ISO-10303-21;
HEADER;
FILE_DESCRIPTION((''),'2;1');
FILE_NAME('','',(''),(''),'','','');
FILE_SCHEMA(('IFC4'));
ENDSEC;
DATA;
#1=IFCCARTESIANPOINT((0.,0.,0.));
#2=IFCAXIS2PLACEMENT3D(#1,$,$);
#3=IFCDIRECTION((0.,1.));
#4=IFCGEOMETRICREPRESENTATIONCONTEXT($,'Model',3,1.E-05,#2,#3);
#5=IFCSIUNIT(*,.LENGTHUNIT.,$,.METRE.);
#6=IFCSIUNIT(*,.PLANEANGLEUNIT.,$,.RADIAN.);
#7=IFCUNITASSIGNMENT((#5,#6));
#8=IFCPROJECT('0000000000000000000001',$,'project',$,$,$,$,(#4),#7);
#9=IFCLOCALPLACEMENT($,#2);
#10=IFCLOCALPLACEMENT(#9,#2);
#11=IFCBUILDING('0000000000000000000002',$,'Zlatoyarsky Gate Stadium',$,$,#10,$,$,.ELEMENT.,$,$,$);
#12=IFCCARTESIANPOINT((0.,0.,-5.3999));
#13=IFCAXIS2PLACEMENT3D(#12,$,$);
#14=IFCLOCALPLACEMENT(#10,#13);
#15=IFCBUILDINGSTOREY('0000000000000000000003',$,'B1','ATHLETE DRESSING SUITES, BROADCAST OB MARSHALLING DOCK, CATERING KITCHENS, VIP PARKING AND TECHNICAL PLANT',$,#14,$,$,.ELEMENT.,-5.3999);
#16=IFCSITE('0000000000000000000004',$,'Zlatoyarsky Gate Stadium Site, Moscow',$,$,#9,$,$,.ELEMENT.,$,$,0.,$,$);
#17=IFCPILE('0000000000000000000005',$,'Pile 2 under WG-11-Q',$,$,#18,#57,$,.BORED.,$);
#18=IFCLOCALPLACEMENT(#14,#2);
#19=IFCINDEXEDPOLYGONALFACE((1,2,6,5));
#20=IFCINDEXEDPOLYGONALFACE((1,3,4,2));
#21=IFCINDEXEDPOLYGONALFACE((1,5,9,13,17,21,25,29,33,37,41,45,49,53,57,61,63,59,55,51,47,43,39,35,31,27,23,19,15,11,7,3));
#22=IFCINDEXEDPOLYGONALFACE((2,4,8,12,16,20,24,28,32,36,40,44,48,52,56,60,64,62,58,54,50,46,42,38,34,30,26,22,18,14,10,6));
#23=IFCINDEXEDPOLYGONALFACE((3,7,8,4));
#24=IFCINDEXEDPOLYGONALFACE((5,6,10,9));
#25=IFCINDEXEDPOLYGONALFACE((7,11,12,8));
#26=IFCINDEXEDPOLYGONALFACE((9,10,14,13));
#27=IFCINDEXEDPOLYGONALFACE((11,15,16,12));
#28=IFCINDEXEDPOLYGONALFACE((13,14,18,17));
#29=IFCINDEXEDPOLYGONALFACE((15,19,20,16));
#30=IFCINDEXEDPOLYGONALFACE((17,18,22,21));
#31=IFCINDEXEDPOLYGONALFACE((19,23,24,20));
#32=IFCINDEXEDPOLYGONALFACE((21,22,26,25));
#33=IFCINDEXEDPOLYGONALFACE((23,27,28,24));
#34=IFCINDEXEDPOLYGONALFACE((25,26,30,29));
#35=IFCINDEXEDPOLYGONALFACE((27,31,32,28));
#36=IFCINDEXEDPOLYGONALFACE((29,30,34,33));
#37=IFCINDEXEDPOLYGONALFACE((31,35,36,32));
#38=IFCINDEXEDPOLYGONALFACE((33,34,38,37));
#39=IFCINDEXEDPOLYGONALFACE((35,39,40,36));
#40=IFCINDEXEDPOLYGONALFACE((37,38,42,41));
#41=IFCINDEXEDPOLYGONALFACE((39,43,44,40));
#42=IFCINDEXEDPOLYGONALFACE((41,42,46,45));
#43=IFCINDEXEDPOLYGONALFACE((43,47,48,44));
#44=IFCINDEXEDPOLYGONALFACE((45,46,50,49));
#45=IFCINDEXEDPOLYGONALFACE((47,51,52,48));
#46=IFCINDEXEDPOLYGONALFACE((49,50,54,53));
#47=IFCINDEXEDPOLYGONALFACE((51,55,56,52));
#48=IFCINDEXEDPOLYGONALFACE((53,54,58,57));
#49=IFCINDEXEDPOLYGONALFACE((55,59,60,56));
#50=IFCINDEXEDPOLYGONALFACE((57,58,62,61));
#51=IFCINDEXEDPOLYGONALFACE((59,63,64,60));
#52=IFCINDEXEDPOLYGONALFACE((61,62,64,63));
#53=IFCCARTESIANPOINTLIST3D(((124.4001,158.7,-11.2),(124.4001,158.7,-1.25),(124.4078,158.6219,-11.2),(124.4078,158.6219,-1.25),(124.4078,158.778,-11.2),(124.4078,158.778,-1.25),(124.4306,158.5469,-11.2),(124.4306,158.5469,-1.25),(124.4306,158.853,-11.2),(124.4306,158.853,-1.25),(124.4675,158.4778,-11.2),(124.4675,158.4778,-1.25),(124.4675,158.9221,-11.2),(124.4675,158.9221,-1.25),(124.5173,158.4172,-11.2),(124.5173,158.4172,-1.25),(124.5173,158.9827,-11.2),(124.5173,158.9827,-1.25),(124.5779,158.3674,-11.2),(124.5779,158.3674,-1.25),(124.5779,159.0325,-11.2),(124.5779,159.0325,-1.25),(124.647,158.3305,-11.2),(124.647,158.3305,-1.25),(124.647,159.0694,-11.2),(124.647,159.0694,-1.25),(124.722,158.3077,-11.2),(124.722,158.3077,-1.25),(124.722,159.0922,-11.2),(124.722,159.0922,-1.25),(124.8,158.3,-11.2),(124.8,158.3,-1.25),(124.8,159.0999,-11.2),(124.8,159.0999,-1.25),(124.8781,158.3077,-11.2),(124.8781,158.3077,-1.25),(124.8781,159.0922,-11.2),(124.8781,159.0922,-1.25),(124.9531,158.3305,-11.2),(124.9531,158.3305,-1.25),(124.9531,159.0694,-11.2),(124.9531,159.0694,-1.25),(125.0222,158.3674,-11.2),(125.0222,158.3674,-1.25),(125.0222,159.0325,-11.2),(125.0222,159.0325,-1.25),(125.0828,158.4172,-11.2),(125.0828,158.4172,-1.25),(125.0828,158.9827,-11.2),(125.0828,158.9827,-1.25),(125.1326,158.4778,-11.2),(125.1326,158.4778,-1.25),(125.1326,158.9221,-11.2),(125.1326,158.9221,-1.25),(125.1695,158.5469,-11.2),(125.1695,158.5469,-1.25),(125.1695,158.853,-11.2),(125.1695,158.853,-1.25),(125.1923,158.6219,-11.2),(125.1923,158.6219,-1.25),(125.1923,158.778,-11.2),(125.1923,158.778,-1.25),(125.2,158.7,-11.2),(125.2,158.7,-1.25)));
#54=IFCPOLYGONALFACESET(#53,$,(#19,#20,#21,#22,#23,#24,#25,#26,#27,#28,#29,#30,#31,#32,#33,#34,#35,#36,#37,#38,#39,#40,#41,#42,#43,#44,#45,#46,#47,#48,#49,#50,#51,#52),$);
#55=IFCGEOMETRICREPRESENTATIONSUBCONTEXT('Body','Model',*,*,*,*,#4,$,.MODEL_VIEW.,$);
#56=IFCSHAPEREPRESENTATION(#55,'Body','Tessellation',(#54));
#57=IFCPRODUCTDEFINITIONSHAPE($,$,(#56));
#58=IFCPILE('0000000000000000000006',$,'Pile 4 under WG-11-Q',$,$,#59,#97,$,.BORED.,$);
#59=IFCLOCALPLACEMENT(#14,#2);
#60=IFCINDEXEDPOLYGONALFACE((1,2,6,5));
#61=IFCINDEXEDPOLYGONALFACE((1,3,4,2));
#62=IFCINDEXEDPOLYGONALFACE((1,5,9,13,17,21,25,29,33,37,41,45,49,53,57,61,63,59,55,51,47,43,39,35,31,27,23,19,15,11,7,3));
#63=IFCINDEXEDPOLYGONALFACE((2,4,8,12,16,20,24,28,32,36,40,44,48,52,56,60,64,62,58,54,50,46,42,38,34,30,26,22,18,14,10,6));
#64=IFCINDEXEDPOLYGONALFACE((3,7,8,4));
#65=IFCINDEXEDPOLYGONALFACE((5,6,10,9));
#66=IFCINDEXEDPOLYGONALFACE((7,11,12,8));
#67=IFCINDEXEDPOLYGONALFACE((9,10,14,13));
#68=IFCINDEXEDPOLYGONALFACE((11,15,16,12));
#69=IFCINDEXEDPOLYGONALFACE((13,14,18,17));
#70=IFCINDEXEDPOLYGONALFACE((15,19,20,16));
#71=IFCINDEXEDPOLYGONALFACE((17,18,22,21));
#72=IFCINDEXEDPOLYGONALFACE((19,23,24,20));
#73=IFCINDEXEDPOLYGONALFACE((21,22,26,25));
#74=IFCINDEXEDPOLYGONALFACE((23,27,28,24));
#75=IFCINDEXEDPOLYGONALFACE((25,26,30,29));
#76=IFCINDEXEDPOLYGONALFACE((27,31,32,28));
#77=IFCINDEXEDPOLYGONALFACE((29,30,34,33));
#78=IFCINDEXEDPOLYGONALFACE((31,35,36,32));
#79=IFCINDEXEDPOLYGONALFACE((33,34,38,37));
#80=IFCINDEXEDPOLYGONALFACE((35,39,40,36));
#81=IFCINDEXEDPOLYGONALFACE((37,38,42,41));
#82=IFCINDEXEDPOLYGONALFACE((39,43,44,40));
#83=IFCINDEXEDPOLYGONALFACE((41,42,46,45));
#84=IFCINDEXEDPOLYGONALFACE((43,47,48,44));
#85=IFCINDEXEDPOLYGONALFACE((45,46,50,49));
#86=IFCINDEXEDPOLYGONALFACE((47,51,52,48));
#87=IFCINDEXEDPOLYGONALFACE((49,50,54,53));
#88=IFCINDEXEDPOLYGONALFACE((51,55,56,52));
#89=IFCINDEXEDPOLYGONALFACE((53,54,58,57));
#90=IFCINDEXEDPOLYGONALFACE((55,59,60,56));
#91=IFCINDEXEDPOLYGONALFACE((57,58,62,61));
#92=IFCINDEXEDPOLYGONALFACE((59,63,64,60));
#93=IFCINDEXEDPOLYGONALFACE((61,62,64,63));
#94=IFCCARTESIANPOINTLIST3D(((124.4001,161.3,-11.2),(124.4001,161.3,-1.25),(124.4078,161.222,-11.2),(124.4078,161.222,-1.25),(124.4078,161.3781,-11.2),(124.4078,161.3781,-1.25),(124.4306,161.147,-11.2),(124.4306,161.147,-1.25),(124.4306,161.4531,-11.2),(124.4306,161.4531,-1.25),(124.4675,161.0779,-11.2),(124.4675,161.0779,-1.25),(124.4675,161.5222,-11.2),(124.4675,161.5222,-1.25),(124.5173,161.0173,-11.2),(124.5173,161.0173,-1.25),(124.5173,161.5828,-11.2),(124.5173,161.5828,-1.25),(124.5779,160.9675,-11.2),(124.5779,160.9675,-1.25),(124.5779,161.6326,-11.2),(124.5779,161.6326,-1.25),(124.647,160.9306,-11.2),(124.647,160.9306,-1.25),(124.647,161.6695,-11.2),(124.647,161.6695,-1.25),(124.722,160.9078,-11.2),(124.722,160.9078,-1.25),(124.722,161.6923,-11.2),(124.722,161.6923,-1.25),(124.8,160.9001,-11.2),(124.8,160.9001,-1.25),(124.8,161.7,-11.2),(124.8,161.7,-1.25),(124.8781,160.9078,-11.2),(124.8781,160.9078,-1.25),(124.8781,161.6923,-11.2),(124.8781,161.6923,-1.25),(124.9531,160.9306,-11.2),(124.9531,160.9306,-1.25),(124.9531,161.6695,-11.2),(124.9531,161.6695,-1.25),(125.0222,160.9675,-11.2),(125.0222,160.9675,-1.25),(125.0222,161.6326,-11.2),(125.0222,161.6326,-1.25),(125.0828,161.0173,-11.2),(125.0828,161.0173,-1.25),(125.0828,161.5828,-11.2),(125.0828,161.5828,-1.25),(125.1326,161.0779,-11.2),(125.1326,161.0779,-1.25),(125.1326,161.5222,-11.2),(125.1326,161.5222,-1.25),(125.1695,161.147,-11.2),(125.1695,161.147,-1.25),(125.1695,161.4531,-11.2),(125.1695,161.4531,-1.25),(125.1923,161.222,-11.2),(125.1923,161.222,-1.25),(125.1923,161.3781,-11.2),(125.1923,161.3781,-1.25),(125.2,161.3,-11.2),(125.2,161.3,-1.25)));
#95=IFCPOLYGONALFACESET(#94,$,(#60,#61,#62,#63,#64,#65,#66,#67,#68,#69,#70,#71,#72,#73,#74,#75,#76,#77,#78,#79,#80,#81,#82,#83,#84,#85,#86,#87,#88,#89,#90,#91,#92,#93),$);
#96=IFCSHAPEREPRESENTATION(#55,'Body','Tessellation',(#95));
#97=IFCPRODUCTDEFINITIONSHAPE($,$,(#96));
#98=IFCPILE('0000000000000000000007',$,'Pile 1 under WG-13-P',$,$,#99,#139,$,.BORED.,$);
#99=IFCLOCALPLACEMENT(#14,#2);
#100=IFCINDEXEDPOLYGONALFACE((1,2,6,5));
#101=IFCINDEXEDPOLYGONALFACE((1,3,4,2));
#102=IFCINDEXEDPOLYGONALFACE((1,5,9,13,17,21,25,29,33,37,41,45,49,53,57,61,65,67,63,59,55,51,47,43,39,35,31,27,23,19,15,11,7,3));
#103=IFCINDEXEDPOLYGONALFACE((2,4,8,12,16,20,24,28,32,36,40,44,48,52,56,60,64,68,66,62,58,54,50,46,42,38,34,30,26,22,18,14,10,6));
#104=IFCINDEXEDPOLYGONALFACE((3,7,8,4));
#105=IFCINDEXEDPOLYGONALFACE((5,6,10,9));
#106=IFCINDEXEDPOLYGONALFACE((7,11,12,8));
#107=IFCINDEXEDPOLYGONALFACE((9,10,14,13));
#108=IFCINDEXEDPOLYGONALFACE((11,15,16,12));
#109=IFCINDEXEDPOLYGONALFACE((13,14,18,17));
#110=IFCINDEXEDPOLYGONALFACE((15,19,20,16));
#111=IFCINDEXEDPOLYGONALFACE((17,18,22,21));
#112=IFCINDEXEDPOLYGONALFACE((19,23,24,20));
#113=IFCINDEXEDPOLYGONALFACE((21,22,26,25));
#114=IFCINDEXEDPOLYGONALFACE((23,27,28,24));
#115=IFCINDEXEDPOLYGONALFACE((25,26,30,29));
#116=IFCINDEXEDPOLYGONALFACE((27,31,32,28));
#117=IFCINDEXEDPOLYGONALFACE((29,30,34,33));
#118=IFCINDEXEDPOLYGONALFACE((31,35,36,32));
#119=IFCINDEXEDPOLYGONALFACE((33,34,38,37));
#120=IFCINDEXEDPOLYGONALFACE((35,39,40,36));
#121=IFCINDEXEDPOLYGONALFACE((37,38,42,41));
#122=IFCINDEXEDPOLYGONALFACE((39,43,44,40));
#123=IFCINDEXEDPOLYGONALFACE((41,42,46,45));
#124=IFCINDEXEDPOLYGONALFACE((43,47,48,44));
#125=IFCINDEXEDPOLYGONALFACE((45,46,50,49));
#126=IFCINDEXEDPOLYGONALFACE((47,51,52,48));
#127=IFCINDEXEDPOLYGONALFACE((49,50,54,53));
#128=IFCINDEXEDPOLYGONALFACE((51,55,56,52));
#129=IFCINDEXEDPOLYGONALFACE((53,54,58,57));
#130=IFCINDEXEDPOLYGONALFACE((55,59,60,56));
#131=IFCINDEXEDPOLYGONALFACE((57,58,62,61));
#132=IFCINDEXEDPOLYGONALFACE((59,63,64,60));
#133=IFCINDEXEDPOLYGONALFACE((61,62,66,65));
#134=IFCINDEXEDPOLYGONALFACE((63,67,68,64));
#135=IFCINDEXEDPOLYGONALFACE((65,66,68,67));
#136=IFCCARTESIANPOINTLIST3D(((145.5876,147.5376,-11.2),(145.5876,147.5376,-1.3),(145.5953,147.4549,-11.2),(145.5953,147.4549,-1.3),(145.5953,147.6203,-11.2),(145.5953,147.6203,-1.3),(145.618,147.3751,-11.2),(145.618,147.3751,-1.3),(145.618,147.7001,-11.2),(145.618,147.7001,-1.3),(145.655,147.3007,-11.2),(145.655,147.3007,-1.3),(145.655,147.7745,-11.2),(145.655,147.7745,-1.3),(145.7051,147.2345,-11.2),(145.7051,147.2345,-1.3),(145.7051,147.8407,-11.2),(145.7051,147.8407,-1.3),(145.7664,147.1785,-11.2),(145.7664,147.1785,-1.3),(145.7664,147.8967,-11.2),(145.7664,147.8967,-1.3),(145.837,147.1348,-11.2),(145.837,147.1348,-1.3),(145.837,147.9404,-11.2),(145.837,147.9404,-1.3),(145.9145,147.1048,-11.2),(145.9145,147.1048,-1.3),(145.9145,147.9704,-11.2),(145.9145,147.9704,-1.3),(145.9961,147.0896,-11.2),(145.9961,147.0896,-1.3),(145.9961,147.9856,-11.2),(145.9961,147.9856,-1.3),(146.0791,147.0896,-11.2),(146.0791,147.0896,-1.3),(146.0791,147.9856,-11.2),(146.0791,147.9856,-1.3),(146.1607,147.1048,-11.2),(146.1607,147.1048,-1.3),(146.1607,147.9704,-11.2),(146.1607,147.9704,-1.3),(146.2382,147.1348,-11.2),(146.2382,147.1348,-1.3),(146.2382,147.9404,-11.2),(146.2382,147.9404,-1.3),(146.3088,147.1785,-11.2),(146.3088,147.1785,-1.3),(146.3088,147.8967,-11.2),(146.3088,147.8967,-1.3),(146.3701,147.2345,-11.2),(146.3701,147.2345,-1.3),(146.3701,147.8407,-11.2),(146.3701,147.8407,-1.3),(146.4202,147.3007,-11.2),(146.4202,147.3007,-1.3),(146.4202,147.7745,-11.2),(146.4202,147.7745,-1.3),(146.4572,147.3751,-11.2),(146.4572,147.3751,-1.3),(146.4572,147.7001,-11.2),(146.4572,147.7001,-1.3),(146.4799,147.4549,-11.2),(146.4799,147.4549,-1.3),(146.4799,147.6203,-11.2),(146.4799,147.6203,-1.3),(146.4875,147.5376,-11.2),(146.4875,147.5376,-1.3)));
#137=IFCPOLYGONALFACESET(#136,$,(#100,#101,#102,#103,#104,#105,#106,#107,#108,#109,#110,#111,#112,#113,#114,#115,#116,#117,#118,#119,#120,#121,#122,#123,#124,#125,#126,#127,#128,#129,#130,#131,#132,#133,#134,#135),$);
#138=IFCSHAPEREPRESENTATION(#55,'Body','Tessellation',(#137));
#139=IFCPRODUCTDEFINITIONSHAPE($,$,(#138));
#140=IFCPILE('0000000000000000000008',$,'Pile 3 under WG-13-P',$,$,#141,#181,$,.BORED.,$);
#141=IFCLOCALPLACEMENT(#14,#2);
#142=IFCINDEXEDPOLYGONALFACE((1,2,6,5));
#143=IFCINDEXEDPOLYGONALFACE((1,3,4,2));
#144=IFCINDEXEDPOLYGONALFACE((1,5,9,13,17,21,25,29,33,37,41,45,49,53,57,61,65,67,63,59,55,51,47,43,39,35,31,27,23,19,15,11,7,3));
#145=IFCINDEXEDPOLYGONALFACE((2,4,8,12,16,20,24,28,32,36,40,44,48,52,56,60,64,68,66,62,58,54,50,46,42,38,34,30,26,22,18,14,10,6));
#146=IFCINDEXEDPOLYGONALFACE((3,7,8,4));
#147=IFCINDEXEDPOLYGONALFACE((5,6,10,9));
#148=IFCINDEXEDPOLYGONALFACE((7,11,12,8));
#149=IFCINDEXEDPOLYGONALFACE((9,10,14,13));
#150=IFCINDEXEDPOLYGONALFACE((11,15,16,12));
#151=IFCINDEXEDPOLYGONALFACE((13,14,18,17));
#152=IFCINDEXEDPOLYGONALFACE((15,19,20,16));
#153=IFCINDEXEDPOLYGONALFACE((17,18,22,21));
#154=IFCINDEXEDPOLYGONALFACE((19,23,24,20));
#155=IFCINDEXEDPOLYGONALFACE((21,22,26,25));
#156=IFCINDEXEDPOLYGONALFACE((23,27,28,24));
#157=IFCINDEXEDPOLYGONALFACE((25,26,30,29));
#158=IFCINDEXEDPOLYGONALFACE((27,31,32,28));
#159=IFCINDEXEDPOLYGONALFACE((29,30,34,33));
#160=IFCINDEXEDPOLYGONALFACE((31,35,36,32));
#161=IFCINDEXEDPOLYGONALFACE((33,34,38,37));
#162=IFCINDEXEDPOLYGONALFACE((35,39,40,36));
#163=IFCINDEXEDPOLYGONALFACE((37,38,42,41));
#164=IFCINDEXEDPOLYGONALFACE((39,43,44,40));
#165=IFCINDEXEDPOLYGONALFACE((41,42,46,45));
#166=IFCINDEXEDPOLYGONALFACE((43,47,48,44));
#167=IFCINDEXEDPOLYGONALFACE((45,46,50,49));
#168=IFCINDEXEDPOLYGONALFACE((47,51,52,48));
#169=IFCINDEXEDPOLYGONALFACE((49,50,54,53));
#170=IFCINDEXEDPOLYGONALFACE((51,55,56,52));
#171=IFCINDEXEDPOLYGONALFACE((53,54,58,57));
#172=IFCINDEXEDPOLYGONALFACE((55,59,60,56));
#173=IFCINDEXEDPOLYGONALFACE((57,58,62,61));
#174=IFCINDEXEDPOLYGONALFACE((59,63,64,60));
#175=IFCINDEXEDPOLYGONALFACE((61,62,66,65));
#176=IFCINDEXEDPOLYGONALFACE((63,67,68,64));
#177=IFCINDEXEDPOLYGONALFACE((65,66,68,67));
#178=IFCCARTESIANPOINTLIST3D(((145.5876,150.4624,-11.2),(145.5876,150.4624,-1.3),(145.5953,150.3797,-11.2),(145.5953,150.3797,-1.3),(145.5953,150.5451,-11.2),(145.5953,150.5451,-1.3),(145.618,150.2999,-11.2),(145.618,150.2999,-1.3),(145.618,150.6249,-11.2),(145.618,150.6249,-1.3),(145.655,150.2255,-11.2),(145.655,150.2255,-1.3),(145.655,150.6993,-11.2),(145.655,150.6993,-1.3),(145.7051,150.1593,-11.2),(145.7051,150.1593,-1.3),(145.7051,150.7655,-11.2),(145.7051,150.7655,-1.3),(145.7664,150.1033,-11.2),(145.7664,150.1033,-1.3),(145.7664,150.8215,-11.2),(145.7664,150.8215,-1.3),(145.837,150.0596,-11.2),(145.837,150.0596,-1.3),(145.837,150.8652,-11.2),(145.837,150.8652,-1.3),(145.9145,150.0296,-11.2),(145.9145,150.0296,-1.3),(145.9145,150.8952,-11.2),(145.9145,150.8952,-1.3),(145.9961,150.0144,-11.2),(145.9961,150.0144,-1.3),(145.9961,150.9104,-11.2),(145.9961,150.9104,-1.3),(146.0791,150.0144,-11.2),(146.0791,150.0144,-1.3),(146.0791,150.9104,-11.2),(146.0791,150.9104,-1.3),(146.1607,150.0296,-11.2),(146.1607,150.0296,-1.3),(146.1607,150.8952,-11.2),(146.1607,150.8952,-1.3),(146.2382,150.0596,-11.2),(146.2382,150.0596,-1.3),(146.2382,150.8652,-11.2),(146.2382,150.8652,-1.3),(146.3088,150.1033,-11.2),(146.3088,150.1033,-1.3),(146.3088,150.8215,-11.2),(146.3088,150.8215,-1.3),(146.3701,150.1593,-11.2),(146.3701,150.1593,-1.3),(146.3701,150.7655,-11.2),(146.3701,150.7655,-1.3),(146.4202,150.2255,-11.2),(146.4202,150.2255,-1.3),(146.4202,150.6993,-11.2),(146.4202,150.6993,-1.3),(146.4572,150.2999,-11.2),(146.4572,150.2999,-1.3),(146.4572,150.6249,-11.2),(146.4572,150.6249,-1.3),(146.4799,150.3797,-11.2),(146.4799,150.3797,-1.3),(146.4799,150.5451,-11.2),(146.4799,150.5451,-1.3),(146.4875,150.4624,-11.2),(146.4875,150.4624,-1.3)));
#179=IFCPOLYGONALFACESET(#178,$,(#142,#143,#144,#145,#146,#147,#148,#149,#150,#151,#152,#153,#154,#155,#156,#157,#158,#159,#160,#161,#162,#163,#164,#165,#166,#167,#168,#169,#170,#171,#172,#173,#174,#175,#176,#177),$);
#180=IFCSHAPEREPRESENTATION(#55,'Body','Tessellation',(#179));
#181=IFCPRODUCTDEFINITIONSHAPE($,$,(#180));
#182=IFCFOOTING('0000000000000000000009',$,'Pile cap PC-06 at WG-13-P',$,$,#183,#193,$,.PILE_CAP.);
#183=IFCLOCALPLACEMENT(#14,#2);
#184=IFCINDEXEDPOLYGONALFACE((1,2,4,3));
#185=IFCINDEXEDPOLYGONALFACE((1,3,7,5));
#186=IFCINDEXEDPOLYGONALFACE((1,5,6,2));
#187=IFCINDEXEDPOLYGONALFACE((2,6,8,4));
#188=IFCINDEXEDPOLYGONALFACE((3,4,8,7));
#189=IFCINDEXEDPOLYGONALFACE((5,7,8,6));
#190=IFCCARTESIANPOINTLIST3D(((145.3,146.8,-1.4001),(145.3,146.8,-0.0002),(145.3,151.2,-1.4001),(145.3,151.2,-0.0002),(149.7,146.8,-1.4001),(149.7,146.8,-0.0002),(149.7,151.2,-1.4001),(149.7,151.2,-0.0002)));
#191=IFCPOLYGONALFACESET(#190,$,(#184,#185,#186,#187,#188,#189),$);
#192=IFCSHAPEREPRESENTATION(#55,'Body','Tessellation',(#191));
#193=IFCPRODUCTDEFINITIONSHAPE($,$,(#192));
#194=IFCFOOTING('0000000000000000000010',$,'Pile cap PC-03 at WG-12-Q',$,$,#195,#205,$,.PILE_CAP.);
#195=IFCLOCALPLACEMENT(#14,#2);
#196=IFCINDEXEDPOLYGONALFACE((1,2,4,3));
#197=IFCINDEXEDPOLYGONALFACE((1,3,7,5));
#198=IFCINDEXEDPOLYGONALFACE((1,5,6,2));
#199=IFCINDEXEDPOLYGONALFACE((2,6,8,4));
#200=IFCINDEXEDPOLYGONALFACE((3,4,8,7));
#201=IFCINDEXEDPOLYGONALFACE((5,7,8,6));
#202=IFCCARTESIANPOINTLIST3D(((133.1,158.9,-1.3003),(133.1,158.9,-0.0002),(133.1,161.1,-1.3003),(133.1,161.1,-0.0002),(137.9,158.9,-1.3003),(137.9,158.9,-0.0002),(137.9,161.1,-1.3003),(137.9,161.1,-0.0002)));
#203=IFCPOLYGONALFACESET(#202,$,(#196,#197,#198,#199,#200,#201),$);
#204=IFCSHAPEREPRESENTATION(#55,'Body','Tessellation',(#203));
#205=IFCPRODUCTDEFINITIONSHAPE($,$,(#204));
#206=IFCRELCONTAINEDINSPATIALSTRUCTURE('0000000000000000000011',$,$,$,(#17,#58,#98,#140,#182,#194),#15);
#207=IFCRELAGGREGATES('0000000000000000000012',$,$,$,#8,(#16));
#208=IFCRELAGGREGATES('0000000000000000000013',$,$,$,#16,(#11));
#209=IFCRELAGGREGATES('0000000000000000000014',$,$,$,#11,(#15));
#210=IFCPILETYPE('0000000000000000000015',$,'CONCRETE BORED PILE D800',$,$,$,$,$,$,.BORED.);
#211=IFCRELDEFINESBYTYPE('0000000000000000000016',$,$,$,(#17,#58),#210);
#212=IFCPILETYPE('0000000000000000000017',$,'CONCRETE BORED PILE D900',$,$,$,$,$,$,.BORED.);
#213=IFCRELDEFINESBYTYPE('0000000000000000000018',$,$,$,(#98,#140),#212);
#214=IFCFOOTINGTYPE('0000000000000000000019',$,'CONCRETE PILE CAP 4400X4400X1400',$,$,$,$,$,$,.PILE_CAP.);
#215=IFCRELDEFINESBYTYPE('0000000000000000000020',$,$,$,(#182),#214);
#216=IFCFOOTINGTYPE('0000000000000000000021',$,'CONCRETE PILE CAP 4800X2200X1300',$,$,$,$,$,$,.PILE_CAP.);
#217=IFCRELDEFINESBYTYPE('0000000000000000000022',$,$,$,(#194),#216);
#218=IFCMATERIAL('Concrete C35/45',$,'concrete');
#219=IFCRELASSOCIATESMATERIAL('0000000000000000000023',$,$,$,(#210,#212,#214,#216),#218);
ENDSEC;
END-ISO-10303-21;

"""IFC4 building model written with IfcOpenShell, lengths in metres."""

from ifc_helpers import new_model, si_unit, direction, frame, origin, origin_2d, place, context, subcontext, project, spatial, rectangle, circle, extrude, material, material_profile, profile_set, type_object, element, save


model = new_model("IFC4")

# Units and contexts
model_context = context("Model", 3, precision=1e-05, world=origin(), true_north=direction((0.0, 1.0)))
body_context = subcontext(model_context, "Body", "Model", "MODEL_VIEW")
ifc_project = project(units=[si_unit("LENGTHUNIT", "METRE"), si_unit("PLANEANGLEUNIT", "RADIAN")], contexts=[model_context])

# Site, building, storey
site_placement = place(None, origin())
site = spatial("IfcSite", under=ifc_project, at=site_placement, Name="Zlatoyarsky Gate Stadium Site, Moscow", CompositionType="ELEMENT", RefElevation=0.0)
building_placement = place(site_placement, origin())
building = spatial("IfcBuilding", under=site, at=building_placement, Name="Zlatoyarsky Gate Stadium", CompositionType="ELEMENT")
storey_placement = place(building_placement, frame((0.0, 0.0, -5.3999)))
storey = spatial("IfcBuildingStorey", under=building, at=storey_placement, Name="B1", Description="ATHLETE DRESSING SUITES, BROADCAST OB MARSHALLING DOCK, CATERING KITCHENS, VIP PARKING AND TECHNICAL PLANT", CompositionType="ELEMENT", Elevation=-5.3999)

# Piles
ifc_material_1 = material(Name="Concrete C35/45", Category="concrete")
ifc_material_profile_1 = material_profile(ifc_material_1, circle(Radius=0.3999, at=origin_2d()), Name="BORED PILE D800")
ifc_profile_set_1 = profile_set([ifc_material_profile_1], Name="Concrete C35/45")
pile_type_1 = type_object("IfcPileType", Name="CONCRETE BORED PILE D800", PredefinedType="BORED", material=ifc_profile_set_1)
for number, where, z_axis, x_axis, name in (
    (1, (124.8, 158.7, -1.25), (0.0, 0.0, -1.0), (1.0, 0.0, 0.0), "Pile 2 under WG-11-Q"),
    (2, (124.8, 161.3, -1.25), (0.0, 0.0, -1.0), (1.0, 0.0, 0.0), "Pile 4 under WG-11-Q"),
):
    element("IfcPile", number, at=place(storey_placement, frame(where, z_axis=z_axis, x_axis=x_axis)), inside=storey, type_object=pile_type_1, Name=name, PredefinedType="BORED", context=body_context, shape_type="SweptSolid", body=[
        extrude(circle(Radius=0.3999, at=origin_2d()), origin(), (0.0, 0.0, 1.0), 9.95),
    ])
ifc_material_profile_2 = material_profile(ifc_material_1, circle(Radius=0.45, at=origin_2d()), Name="BORED PILE D900")
ifc_profile_set_2 = profile_set([ifc_material_profile_2], Name="Concrete C35/45")
pile_type_2 = type_object("IfcPileType", Name="CONCRETE BORED PILE D900", PredefinedType="BORED", material=ifc_profile_set_2)
for number, where, z_axis, x_axis, name in (
    (3, (146.0376, 147.5376, -1.3), (0.0, 0.0, -1.0), (1.0, 0.0, 0.0), "Pile 1 under WG-13-P"),
    (4, (146.0376, 150.4624, -1.3), (0.0, 0.0, -1.0), (1.0, 0.0, 0.0), "Pile 3 under WG-13-P"),
):
    element("IfcPile", number, at=place(storey_placement, frame(where, z_axis=z_axis, x_axis=x_axis)), inside=storey, type_object=pile_type_2, Name=name, PredefinedType="BORED", context=body_context, shape_type="SweptSolid", body=[
        extrude(circle(Radius=0.45, at=origin_2d()), origin(), (0.0, 0.0, 1.0), 9.8999),
    ])

# Footings
footing_type_1 = type_object("IfcFootingType", Name="CONCRETE PILE CAP 4400X4400X1400", PredefinedType="PILE_CAP", material=ifc_material_1)
footing_1_placement = place(storey_placement, frame((147.5, 149.0, -1.4001), z_axis=(0.0, 0.0, 1.0), x_axis=(1.0, 0.0, 0.0)))
element("IfcFooting", 5, at=footing_1_placement, inside=storey, type_object=footing_type_1, Name="Pile cap PC-06 at WG-13-P", PredefinedType="PILE_CAP", context=body_context, shape_type="SweptSolid", body=[
    extrude(rectangle(XDim=4.3999, YDim=4.3999, at=origin_2d()), origin(), (0.0, 0.0, 1.0), 1.3999),
])
footing_type_2 = type_object("IfcFootingType", Name="CONCRETE PILE CAP 4800X2200X1300", PredefinedType="PILE_CAP", material=ifc_material_1)
for number, where, z_axis, x_axis, name in (
    (6, (135.5, 160.0, -1.3003), (0.0, 0.0, 1.0), (1.0, 0.0, 0.0), "Pile cap PC-03 at WG-12-Q"),
):
    element("IfcFooting", number, at=place(storey_placement, frame(where, z_axis=z_axis, x_axis=x_axis)), inside=storey, type_object=footing_type_2, Name=name, PredefinedType="PILE_CAP", context=body_context, shape_type="SweptSolid", body=[
        extrude(rectangle(XDim=4.8, YDim=2.2, at=origin_2d()), origin(), (0.0, 0.0, 1.0), 1.3),
    ])

save(model, "model.ifc")
